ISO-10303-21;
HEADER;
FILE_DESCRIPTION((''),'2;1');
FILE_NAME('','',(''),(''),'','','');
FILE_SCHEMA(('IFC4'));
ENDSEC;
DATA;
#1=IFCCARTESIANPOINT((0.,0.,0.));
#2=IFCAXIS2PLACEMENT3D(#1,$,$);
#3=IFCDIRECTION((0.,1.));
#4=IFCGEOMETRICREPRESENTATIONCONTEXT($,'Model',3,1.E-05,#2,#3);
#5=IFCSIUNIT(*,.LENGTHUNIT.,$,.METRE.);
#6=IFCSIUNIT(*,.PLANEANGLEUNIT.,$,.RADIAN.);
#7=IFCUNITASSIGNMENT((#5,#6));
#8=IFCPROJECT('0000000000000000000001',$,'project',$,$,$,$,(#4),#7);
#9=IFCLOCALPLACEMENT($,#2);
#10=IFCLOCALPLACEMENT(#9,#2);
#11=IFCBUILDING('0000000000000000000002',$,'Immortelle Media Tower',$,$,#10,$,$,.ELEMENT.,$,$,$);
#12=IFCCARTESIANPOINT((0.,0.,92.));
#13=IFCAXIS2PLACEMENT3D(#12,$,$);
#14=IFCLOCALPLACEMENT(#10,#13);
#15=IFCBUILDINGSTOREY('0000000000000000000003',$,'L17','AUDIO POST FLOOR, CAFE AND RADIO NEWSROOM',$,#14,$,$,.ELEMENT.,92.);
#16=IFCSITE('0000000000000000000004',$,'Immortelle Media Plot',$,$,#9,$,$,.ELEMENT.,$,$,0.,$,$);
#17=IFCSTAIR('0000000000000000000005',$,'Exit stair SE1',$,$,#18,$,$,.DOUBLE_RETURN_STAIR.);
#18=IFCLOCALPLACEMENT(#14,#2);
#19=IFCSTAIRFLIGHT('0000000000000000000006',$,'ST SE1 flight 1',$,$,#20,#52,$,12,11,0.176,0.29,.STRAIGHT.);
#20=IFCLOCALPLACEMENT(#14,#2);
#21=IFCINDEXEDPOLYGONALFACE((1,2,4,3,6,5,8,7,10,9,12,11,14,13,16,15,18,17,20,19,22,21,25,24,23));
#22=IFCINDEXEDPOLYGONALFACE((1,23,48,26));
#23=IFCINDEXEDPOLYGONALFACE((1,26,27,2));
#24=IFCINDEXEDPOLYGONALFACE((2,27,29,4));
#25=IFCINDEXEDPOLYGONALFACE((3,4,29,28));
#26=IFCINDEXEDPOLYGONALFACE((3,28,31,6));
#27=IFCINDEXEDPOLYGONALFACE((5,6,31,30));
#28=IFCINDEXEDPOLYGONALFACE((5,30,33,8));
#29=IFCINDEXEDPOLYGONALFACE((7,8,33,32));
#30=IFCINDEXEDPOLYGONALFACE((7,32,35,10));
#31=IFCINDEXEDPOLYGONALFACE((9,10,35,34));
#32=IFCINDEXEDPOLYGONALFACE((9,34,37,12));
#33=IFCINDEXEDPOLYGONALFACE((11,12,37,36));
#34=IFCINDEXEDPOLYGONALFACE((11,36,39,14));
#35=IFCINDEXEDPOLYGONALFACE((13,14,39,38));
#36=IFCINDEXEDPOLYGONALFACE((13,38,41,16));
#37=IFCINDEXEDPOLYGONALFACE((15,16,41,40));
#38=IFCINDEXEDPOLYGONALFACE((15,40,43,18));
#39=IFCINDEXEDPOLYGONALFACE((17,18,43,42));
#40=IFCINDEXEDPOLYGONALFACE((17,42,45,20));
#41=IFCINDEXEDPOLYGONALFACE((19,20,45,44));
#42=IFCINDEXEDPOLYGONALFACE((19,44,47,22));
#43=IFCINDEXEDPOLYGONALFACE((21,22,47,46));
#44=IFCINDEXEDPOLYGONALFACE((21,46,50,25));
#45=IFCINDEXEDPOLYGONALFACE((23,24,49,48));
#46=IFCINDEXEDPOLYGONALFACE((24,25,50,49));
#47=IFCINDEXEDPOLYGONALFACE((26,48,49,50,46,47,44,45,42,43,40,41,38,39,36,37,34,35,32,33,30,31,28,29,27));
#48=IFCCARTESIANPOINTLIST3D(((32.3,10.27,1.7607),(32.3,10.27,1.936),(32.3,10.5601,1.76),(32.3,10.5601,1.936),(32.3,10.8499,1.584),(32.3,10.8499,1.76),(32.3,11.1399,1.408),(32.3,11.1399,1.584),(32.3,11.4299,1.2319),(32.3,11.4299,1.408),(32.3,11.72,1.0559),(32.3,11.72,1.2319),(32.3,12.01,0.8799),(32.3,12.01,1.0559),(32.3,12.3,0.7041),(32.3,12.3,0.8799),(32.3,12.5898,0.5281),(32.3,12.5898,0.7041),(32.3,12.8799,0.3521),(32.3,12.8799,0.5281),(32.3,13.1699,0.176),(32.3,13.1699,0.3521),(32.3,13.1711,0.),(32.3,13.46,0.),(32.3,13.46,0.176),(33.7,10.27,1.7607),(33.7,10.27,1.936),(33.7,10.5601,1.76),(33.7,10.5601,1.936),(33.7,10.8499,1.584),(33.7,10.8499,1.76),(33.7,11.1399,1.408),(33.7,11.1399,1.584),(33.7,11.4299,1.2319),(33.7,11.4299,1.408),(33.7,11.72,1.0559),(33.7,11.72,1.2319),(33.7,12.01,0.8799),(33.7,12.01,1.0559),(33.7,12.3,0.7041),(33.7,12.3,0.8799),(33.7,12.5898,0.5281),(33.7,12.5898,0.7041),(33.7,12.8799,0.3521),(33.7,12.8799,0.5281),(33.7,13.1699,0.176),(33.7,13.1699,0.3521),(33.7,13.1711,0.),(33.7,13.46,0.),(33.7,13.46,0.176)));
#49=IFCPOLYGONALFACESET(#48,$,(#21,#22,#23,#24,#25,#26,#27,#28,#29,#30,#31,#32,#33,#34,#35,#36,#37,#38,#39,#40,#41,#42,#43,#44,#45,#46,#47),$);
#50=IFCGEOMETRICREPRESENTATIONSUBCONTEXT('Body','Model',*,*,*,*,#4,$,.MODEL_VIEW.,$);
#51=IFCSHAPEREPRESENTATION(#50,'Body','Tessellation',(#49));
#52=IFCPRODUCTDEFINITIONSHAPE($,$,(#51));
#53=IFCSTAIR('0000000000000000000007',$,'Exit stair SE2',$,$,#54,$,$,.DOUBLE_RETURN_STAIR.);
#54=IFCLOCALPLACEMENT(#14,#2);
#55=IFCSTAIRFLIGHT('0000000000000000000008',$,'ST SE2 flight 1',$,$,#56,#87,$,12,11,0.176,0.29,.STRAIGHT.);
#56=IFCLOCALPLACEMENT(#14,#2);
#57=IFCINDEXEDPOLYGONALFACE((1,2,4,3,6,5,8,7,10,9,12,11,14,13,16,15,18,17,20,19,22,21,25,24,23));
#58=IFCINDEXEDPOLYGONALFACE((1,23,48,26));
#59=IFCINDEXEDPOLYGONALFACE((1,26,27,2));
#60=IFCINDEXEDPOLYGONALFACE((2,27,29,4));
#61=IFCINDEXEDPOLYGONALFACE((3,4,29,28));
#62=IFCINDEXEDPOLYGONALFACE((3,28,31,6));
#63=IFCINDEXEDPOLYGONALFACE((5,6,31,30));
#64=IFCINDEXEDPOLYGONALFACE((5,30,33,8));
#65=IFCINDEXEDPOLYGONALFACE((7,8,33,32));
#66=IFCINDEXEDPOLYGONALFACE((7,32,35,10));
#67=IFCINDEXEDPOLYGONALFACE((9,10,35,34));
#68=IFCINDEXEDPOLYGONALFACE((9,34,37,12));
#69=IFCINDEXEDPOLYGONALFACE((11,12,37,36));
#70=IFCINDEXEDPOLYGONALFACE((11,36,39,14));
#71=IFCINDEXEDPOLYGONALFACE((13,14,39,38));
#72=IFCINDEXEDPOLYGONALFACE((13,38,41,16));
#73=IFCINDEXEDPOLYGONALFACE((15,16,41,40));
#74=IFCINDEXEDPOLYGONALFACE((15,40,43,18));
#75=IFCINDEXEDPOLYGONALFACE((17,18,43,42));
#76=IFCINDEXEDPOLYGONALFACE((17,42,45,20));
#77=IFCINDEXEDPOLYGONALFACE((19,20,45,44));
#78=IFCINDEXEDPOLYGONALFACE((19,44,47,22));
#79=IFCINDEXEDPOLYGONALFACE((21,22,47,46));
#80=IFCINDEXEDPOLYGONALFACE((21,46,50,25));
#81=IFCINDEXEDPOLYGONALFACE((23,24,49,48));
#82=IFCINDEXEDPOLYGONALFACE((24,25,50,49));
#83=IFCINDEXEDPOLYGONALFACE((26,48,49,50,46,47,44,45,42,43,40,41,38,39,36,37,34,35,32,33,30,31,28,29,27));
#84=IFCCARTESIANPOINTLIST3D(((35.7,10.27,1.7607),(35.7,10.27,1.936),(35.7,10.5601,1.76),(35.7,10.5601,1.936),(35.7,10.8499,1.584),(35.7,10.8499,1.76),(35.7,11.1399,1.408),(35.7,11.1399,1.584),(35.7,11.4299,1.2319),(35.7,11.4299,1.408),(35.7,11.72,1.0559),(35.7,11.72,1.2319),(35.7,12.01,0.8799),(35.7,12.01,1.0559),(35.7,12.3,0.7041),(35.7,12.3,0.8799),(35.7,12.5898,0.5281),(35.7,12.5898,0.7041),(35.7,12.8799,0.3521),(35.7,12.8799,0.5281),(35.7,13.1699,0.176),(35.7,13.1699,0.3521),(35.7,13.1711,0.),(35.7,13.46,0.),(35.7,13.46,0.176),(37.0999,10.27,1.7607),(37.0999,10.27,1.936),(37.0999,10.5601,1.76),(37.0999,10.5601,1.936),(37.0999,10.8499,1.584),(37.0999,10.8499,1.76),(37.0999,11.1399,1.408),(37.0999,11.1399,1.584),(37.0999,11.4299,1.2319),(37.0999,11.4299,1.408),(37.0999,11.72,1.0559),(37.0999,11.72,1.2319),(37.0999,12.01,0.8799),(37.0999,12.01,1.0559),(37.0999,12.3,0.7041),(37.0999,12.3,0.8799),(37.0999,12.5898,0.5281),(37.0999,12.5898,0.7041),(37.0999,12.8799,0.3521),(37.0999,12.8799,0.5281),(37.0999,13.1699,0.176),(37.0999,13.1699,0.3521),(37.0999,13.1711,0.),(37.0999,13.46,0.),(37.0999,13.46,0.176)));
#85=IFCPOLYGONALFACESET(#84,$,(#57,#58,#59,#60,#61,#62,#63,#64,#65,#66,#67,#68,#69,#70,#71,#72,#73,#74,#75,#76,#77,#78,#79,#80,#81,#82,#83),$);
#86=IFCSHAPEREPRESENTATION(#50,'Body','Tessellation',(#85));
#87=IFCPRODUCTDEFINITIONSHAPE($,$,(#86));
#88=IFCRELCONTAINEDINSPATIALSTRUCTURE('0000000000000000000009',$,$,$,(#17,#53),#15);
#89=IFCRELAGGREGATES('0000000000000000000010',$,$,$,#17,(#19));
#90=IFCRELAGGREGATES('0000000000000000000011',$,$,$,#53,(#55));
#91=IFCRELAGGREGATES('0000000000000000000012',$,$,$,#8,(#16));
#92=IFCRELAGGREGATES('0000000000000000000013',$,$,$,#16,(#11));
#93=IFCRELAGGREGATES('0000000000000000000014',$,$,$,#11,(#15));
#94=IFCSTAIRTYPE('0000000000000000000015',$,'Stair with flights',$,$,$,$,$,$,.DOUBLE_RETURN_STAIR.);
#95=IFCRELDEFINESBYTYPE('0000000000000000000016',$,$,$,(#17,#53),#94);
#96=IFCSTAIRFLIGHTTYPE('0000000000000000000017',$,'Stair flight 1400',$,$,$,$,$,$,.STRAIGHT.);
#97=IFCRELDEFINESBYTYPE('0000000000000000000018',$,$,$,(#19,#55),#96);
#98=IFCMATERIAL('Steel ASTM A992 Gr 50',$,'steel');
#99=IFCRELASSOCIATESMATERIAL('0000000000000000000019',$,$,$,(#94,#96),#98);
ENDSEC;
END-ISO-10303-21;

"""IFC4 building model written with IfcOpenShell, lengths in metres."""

from ifc_helpers import new_model, si_unit, direction, frame, origin, place, context, subcontext, project, spatial, polyline, outline, extrude, material, type_object, element, aggregate, save


model = new_model("IFC4")

# Units and contexts
model_context = context("Model", 3, precision=1e-05, world=origin(), true_north=direction((0.0, 1.0)))
body_context = subcontext(model_context, "Body", "Model", "MODEL_VIEW")
ifc_project = project(units=[si_unit("LENGTHUNIT", "METRE"), si_unit("PLANEANGLEUNIT", "RADIAN")], contexts=[model_context])

# Site, building, storey
site_placement = place(None, origin())
site = spatial("IfcSite", under=ifc_project, at=site_placement, Name="Immortelle Media Plot", CompositionType="ELEMENT", RefElevation=0.0)
building_placement = place(site_placement, origin())
building = spatial("IfcBuilding", under=site, at=building_placement, Name="Immortelle Media Tower", CompositionType="ELEMENT")
storey_placement = place(building_placement, frame((0.0, 0.0, 92.0)))
storey = spatial("IfcBuildingStorey", under=building, at=storey_placement, Name="L17", Description="AUDIO POST FLOOR, CAFE AND RADIO NEWSROOM", CompositionType="ELEMENT", Elevation=92.0)

# Shared definitions
ifc_material_1 = material(Name="Steel ASTM A992 Gr 50", Category="steel")

# Stairs, stair flights
stair_type = type_object("IfcStairType", Name="Stair with flights", PredefinedType="DOUBLE_RETURN_STAIR", material=ifc_material_1)
stair_1_placement = place(storey_placement, origin())
stair_1 = element("IfcStair", 1, at=stair_1_placement, inside=storey, type_object=stair_type, Name="Exit stair SE1", PredefinedType="DOUBLE_RETURN_STAIR")
stair_flight_type = type_object("IfcStairFlightType", Name="Stair flight 1400", PredefinedType="STRAIGHT", material=ifc_material_1)
stair_flight_1_placement = place(storey_placement, frame((33.0, 13.46, 0.0), z_axis=(0.0, 0.0, 1.0), x_axis=(0.0, -1.0, 0.0)))
stair_flight_1 = element("IfcStairFlight", 2, at=stair_flight_1_placement, type_object=stair_flight_type, Name="ST SE1 flight 1", NumberOfRisers=12, NumberOfTreads=11, PredefinedType="STRAIGHT", RiserHeight=0.176, TreadLength=0.29, context=body_context, shape_type="SweptSolid", body=[
    extrude(outline(polyline([(0.0, 0.0), (0.0, 0.176), (0.29, 0.176), (0.29, 0.3521), (0.5801, 0.3521), (0.5801, 0.5281), (0.8701, 0.5281), (0.8701, 0.7041), (1.1599, 0.7041), (1.1599, 0.8799), (1.45, 0.8799), (1.45, 1.0559), (1.74, 1.0559), (1.74, 1.2319), (2.03, 1.2319), (2.03, 1.408), (2.3201, 1.408), (2.3201, 1.584), (2.6101, 1.584), (2.6101, 1.76), (2.8999, 1.76), (2.8999, 1.936), (3.1899, 1.936), (3.1899, 2.1121), (3.1899, 1.7607), (0.2888, 0.0), (0.0, 0.0)])), frame((0.0, 0.7, 0.0), z_axis=(0.0, -1.0, 0.0), x_axis=(1.0, 0.0, 0.0)), (0.0, 0.0, 1.0), 1.3999),
])
aggregate(stair_1, [stair_flight_1])
stair_2_placement = place(storey_placement, origin())
stair_2 = element("IfcStair", 3, at=stair_2_placement, inside=storey, type_object=stair_type, Name="Exit stair SE2", PredefinedType="DOUBLE_RETURN_STAIR")
stair_flight_2_placement = place(storey_placement, frame((36.3999, 13.46, 0.0), z_axis=(0.0, 0.0, 1.0), x_axis=(0.0, -1.0, 0.0)))
stair_flight_2 = element("IfcStairFlight", 4, at=stair_flight_2_placement, type_object=stair_flight_type, Name="ST SE2 flight 1", NumberOfRisers=12, NumberOfTreads=11, PredefinedType="STRAIGHT", RiserHeight=0.176, TreadLength=0.29, context=body_context, shape_type="SweptSolid", body=[
    extrude(outline(polyline([(0.0, 0.0), (0.0, 0.176), (0.29, 0.176), (0.29, 0.3521), (0.5801, 0.3521), (0.5801, 0.5281), (0.8701, 0.5281), (0.8701, 0.7041), (1.1599, 0.7041), (1.1599, 0.8799), (1.45, 0.8799), (1.45, 1.0559), (1.74, 1.0559), (1.74, 1.2319), (2.03, 1.2319), (2.03, 1.408), (2.3201, 1.408), (2.3201, 1.584), (2.6101, 1.584), (2.6101, 1.76), (2.8999, 1.76), (2.8999, 1.936), (3.1899, 1.936), (3.1899, 2.1121), (3.1899, 1.7607), (0.2888, 0.0), (0.0, 0.0)])), frame((0.0, 0.7, 0.0), z_axis=(0.0, -1.0, 0.0), x_axis=(1.0, 0.0, 0.0)), (0.0, 0.0, 1.0), 1.3999),
])
aggregate(stair_2, [stair_flight_2])

save(model, "model.ifc")
